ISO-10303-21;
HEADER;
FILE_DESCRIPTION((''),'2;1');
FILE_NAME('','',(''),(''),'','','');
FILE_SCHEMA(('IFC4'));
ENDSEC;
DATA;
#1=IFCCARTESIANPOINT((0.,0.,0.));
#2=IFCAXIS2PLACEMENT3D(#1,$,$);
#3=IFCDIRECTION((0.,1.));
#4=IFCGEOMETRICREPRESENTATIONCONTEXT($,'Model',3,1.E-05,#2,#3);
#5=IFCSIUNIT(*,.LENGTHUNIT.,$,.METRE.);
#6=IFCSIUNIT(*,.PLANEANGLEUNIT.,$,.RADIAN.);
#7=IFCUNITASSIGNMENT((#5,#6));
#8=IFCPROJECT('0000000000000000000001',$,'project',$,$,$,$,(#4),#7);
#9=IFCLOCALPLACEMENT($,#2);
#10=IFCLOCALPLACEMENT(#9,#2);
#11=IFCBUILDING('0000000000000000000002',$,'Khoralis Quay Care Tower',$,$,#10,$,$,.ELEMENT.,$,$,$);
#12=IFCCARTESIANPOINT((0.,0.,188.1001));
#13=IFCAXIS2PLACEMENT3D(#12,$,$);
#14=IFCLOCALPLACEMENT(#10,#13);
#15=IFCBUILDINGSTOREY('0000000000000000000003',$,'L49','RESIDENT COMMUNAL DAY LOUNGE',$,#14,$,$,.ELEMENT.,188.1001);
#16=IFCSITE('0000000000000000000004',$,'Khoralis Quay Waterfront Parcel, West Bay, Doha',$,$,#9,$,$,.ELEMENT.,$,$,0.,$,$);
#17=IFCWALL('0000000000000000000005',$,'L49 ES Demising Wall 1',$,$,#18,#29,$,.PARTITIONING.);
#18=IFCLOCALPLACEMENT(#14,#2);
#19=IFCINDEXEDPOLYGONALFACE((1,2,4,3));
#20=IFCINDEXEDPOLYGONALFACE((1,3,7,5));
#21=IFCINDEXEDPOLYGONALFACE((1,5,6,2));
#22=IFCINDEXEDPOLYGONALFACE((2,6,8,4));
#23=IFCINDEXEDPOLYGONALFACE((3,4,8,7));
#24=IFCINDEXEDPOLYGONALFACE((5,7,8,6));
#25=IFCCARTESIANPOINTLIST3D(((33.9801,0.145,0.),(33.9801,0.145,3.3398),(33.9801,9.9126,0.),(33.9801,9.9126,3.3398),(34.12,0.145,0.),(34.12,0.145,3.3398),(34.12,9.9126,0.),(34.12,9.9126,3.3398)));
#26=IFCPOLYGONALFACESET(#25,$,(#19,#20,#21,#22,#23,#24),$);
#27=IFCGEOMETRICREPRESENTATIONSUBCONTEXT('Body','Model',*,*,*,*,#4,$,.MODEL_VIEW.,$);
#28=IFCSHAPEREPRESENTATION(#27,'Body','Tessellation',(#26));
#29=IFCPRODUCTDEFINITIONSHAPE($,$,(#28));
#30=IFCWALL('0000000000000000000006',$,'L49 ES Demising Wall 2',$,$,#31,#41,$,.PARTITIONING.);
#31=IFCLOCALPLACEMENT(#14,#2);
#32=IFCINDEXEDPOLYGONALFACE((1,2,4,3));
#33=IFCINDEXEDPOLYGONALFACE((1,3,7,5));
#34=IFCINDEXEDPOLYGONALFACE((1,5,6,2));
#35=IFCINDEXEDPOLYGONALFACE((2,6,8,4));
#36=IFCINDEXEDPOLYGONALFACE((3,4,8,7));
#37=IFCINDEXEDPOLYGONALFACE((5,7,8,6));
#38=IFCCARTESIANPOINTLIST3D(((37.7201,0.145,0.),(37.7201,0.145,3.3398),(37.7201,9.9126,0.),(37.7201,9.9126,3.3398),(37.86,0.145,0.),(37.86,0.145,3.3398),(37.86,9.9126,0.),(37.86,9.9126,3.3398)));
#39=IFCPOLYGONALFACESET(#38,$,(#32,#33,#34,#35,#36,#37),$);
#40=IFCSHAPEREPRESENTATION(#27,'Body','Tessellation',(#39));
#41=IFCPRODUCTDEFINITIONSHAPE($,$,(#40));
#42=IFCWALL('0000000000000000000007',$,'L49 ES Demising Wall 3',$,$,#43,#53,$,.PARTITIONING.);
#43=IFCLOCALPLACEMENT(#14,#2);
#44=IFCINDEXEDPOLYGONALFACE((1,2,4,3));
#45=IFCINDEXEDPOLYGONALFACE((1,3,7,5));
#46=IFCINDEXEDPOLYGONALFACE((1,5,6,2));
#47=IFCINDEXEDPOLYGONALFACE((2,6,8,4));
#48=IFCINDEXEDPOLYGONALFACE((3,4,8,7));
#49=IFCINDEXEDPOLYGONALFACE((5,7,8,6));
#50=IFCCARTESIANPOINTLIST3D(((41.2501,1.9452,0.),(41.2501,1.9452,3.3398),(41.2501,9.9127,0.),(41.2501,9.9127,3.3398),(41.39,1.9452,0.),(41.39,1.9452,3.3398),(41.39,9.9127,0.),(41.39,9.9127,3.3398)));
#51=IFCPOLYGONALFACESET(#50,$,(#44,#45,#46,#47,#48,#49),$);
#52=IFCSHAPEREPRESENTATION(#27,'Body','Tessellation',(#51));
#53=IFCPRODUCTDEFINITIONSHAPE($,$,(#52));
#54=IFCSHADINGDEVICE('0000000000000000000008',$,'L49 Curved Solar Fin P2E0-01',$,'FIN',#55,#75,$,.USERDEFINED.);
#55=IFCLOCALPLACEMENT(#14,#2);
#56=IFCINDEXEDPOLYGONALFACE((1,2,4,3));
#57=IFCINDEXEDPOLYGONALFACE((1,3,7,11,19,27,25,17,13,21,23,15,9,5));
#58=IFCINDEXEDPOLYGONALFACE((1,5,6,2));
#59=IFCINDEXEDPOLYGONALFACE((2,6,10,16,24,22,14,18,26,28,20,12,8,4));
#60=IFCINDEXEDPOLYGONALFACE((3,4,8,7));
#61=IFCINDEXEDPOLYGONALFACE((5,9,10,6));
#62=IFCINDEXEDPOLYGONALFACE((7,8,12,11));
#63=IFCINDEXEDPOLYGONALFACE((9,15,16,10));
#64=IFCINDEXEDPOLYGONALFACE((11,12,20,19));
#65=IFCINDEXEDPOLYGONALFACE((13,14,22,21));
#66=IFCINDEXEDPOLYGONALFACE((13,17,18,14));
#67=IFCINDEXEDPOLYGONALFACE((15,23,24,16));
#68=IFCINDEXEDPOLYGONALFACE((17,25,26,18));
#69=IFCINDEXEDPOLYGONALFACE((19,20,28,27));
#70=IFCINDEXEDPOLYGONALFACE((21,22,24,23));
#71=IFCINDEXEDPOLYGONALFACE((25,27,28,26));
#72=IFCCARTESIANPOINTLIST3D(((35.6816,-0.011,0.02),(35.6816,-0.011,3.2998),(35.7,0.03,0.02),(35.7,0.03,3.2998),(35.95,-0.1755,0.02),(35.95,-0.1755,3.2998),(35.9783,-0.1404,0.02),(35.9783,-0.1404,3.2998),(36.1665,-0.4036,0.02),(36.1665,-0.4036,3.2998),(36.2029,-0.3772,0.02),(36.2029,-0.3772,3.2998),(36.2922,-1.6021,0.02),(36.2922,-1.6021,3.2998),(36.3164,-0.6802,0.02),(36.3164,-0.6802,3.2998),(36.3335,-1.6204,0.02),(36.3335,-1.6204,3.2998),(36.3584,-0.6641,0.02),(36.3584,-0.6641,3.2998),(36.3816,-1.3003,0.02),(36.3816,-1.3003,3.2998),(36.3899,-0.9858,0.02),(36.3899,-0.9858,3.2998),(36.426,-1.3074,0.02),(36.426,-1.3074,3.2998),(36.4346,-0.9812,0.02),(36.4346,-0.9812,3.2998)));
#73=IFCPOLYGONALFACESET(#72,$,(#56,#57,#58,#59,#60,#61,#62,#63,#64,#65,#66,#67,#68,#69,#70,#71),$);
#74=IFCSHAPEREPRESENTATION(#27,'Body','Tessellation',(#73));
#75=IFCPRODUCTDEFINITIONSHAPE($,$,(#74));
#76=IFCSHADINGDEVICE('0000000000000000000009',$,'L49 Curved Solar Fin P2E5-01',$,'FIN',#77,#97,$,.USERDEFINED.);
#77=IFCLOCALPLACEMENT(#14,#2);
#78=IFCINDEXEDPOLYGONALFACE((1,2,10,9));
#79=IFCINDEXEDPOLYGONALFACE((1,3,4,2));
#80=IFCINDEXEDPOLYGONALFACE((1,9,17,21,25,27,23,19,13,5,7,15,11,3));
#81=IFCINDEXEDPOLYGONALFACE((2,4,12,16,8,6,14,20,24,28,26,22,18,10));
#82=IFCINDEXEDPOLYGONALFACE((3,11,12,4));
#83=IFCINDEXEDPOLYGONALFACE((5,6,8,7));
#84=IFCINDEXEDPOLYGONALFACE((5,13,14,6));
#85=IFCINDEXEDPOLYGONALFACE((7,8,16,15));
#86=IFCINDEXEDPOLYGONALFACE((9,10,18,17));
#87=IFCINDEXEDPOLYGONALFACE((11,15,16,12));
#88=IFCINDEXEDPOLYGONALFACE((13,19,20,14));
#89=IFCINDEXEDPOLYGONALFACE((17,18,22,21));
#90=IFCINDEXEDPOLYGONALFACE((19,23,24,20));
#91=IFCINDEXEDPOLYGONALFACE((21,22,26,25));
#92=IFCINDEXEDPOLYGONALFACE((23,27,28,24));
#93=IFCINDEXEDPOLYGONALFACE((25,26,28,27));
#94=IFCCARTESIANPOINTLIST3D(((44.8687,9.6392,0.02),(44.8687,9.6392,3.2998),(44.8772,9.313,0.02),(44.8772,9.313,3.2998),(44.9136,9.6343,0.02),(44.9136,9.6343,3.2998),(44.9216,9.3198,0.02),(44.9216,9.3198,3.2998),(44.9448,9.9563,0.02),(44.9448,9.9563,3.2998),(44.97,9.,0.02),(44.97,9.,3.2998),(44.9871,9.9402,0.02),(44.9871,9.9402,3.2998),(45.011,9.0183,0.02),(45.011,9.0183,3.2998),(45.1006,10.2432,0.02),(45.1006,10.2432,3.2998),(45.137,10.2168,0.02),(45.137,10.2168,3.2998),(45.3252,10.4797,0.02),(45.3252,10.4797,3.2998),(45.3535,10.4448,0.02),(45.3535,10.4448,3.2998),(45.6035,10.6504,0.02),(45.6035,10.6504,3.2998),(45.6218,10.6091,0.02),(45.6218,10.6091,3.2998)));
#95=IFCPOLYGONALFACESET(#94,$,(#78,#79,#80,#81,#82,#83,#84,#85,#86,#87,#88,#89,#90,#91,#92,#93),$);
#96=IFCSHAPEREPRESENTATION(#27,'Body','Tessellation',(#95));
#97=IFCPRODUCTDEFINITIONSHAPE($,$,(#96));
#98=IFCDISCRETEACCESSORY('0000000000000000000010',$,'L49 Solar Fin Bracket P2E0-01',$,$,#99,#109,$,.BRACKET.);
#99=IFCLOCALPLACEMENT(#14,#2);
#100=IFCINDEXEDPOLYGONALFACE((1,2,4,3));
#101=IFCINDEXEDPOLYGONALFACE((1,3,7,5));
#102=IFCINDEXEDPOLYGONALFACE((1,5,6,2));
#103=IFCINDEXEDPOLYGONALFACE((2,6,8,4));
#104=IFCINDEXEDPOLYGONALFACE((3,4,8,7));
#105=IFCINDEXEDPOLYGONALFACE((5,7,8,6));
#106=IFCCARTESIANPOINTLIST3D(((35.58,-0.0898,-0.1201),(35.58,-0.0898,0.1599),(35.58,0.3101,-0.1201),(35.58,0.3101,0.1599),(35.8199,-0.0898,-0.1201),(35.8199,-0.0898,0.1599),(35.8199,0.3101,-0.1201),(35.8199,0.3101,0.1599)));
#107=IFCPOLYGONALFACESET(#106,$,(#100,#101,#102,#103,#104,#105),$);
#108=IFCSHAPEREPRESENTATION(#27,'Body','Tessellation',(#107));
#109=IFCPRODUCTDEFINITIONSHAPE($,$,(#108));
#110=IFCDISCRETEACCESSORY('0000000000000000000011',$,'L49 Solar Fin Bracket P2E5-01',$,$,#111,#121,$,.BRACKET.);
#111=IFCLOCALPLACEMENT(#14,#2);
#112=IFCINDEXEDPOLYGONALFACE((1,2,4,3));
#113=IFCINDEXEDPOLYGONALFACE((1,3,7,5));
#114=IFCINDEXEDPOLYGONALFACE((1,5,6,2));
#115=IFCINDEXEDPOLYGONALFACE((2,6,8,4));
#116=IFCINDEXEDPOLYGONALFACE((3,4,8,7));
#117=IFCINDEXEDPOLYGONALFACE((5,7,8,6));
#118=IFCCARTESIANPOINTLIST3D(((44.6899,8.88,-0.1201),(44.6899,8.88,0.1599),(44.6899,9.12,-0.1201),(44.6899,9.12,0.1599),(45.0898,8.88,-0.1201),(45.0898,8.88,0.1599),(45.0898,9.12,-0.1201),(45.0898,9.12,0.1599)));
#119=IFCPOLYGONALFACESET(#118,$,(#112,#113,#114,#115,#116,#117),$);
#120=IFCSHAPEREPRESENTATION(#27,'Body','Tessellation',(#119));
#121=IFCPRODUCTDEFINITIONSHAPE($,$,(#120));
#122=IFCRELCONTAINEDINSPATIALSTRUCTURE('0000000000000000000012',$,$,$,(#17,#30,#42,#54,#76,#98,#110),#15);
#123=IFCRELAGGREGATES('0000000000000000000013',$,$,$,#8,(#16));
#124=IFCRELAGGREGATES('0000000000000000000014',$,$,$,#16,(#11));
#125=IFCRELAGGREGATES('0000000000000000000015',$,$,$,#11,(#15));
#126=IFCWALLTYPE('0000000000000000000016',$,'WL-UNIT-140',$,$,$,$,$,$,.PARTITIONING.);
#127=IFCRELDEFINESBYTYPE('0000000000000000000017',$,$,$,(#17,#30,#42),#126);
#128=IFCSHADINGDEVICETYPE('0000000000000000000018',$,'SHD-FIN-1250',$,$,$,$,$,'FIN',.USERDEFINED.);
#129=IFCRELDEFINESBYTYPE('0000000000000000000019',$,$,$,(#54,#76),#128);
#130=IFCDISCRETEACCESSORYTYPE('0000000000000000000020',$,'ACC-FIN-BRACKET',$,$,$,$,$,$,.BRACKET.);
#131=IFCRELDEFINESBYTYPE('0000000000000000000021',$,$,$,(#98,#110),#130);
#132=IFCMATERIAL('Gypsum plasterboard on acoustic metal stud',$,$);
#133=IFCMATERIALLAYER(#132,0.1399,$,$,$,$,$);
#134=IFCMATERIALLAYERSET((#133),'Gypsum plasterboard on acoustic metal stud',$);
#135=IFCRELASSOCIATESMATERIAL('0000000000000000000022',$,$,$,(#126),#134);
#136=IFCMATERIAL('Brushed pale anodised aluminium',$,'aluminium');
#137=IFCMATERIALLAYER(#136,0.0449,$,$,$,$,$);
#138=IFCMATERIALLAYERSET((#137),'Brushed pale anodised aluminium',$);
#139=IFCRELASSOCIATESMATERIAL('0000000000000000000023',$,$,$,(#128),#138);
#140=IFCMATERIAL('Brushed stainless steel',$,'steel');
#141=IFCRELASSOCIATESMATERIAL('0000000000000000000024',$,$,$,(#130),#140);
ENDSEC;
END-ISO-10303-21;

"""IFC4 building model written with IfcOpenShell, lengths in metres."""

from ifc_helpers import new_model, si_unit, direction, frame, frame_2d, origin, origin_2d, place, context, subcontext, project, spatial, polyline, rectangle, outline, extrude, source, transform, mapped, material, layer, layer_set, type_object, element, save


model = new_model("IFC4")

# Units and contexts
model_context = context("Model", 3, precision=1e-05, world=origin(), true_north=direction((0.0, 1.0)))
body_context = subcontext(model_context, "Body", "Model", "MODEL_VIEW")
ifc_project = project(units=[si_unit("LENGTHUNIT", "METRE"), si_unit("PLANEANGLEUNIT", "RADIAN")], contexts=[model_context])

# Site, building, storey
site_placement = place(None, origin())
site = spatial("IfcSite", under=ifc_project, at=site_placement, Name="Khoralis Quay Waterfront Parcel, West Bay, Doha", CompositionType="ELEMENT", RefElevation=0.0)
building_placement = place(site_placement, origin())
building = spatial("IfcBuilding", under=site, at=building_placement, Name="Khoralis Quay Care Tower", CompositionType="ELEMENT")
storey_placement = place(building_placement, frame((0.0, 0.0, 188.1001)))
storey = spatial("IfcBuildingStorey", under=building, at=storey_placement, Name="L49", Description="RESIDENT COMMUNAL DAY LOUNGE", CompositionType="ELEMENT", Elevation=188.1001)

# Shared definitions
ifc_material_1 = material(Name="Gypsum plasterboard on acoustic metal stud")

# Walls
ifc_layer_1 = layer(ifc_material_1, 0.1399)
ifc_layer_set_1 = layer_set([ifc_layer_1], Name="Gypsum plasterboard on acoustic metal stud")
wall_type_1 = type_object("IfcWallType", Name="WL-UNIT-140", PredefinedType="PARTITIONING", material=ifc_layer_set_1)
for number, where, z_axis, x_axis, name in (
    (1, (34.05, 0.145, 0.0), (0.0, 0.0, 1.0), (0.0, 1.0, 0.0), "L49 ES Demising Wall 1"),
    (2, (37.79, 0.145, 0.0), (0.0, 0.0, 1.0), (0.0, 1.0, 0.0), "L49 ES Demising Wall 2"),
):
    element("IfcWall", number, at=place(storey_placement, frame(where, z_axis=z_axis, x_axis=x_axis)), inside=storey, type_object=wall_type_1, Name=name, PredefinedType="PARTITIONING", context=body_context, shape_type="SweptSolid", body=[
        extrude(rectangle(XDim=9.7676, YDim=0.1399, at=frame_2d((4.8838, 0.0))), origin(), (0.0, 0.0, 1.0), 3.3398),
    ])
wall_1_placement = place(storey_placement, frame((41.3201, 1.9451, 0.0), z_axis=(0.0, 0.0, 1.0), x_axis=(0.0, 1.0, 0.0)))
element("IfcWall", 3, at=wall_1_placement, inside=storey, type_object=wall_type_1, Name="L49 ES Demising Wall 3", PredefinedType="PARTITIONING", context=body_context, shape_type="SweptSolid", body=[
    extrude(rectangle(XDim=7.9675, YDim=0.1399, at=frame_2d((3.9839, 0.0))), origin(), (0.0, 0.0, 1.0), 3.3398),
])

# Shading devices
ifc_material_2 = material(Name="Brushed pale anodised aluminium", Category="aluminium")
ifc_layer_2 = layer(ifc_material_2, 0.0449)
ifc_layer_set_2 = layer_set([ifc_layer_2], Name="Brushed pale anodised aluminium")
shading_device_type = type_object("IfcShadingDeviceType", Name="SHD-FIN-1250", ElementType="FIN", PredefinedType="USERDEFINED", material=ifc_layer_set_2)
shared_shape_1 = source(origin(), body_context, "Body", "SweptSolid", [
    extrude(outline(polyline([(0.0, 0.0), (0.1704, 0.2783), (0.4072, 0.5029), (0.6941, 0.6584), (1.0112, 0.7346), (1.3374, 0.7261), (1.6504, 0.6335), (1.6321, 0.5923), (1.3303, 0.6816), (1.0159, 0.6899), (0.7102, 0.6165), (0.4336, 0.4666), (0.2056, 0.25), (0.041, -0.0183), (0.0, 0.0)])), origin(), (0.0, 0.0, 1.0), 3.2798),
])
shading_device_1_placement = place(storey_placement, frame((35.7, 0.03, 0.02), z_axis=(0.0, 0.0, 1.0), x_axis=(0.0, -1.0, 0.0)))
element("IfcShadingDevice", 4, at=shading_device_1_placement, inside=storey, type_object=shading_device_type, Name="L49 Curved Solar Fin P2E0-01", ObjectType="FIN", PredefinedType="USERDEFINED", context=body_context, shape_type="MappedRepresentation", body=[
    mapped(shared_shape_1, transform((0.0, 0.0, 0.0), scale=1.0)),
])
shared_shape_2 = source(origin(), body_context, "Body", "SweptSolid", [
    extrude(outline(polyline([(0.0, 0.0), (-0.0928, 0.313), (-0.1013, 0.6392), (-0.0251, 0.9563), (0.1306, 1.2432), (0.3552, 1.4797), (0.6335, 1.6504), (0.6519, 1.6091), (0.3835, 1.4448), (0.167, 1.2168), (0.0171, 0.9402), (-0.0564, 0.6343), (-0.0483, 0.3198), (0.041, 0.0183), (0.0, 0.0)])), origin(), (0.0, 0.0, 1.0), 3.2798),
])
shading_device_2_placement = place(storey_placement, frame((44.97, 9.0, 0.02), z_axis=(0.0, 0.0, 1.0), x_axis=(1.0, 0.0, 0.0)))
element("IfcShadingDevice", 5, at=shading_device_2_placement, inside=storey, type_object=shading_device_type, Name="L49 Curved Solar Fin P2E5-01", ObjectType="FIN", PredefinedType="USERDEFINED", context=body_context, shape_type="MappedRepresentation", body=[
    mapped(shared_shape_2, transform((0.0, 0.0, 0.0), scale=1.0)),
])

# Discrete accessories
ifc_material_3 = material(Name="Brushed stainless steel", Category="steel")
discrete_accessory_type = type_object("IfcDiscreteAccessoryType", Name="ACC-FIN-BRACKET", PredefinedType="BRACKET", material=ifc_material_3)
shared_shape_3 = source(origin(), body_context, "Body", "SweptSolid", [
    extrude(rectangle(XDim=0.3999, YDim=0.24, at=origin_2d()), origin(), (0.0, 0.0, 1.0), 0.28),
])
for number, where, z_axis, x_axis, name in (
    (6, (35.7, 0.1101, -0.1201), (0.0, 0.0, 1.0), (0.0, -1.0, 0.0), "L49 Solar Fin Bracket P2E0-01"),
    (7, (44.8899, 9.0, -0.1201), (0.0, 0.0, 1.0), (1.0, 0.0, 0.0), "L49 Solar Fin Bracket P2E5-01"),
):
    element("IfcDiscreteAccessory", number, at=place(storey_placement, frame(where, z_axis=z_axis, x_axis=x_axis)), inside=storey, type_object=discrete_accessory_type, Name=name, PredefinedType="BRACKET", context=body_context, shape_type="MappedRepresentation", body=[
        mapped(shared_shape_3, transform((0.0, 0.0, 0.0), scale=1.0)),
    ])

save(model, "model.ifc")
